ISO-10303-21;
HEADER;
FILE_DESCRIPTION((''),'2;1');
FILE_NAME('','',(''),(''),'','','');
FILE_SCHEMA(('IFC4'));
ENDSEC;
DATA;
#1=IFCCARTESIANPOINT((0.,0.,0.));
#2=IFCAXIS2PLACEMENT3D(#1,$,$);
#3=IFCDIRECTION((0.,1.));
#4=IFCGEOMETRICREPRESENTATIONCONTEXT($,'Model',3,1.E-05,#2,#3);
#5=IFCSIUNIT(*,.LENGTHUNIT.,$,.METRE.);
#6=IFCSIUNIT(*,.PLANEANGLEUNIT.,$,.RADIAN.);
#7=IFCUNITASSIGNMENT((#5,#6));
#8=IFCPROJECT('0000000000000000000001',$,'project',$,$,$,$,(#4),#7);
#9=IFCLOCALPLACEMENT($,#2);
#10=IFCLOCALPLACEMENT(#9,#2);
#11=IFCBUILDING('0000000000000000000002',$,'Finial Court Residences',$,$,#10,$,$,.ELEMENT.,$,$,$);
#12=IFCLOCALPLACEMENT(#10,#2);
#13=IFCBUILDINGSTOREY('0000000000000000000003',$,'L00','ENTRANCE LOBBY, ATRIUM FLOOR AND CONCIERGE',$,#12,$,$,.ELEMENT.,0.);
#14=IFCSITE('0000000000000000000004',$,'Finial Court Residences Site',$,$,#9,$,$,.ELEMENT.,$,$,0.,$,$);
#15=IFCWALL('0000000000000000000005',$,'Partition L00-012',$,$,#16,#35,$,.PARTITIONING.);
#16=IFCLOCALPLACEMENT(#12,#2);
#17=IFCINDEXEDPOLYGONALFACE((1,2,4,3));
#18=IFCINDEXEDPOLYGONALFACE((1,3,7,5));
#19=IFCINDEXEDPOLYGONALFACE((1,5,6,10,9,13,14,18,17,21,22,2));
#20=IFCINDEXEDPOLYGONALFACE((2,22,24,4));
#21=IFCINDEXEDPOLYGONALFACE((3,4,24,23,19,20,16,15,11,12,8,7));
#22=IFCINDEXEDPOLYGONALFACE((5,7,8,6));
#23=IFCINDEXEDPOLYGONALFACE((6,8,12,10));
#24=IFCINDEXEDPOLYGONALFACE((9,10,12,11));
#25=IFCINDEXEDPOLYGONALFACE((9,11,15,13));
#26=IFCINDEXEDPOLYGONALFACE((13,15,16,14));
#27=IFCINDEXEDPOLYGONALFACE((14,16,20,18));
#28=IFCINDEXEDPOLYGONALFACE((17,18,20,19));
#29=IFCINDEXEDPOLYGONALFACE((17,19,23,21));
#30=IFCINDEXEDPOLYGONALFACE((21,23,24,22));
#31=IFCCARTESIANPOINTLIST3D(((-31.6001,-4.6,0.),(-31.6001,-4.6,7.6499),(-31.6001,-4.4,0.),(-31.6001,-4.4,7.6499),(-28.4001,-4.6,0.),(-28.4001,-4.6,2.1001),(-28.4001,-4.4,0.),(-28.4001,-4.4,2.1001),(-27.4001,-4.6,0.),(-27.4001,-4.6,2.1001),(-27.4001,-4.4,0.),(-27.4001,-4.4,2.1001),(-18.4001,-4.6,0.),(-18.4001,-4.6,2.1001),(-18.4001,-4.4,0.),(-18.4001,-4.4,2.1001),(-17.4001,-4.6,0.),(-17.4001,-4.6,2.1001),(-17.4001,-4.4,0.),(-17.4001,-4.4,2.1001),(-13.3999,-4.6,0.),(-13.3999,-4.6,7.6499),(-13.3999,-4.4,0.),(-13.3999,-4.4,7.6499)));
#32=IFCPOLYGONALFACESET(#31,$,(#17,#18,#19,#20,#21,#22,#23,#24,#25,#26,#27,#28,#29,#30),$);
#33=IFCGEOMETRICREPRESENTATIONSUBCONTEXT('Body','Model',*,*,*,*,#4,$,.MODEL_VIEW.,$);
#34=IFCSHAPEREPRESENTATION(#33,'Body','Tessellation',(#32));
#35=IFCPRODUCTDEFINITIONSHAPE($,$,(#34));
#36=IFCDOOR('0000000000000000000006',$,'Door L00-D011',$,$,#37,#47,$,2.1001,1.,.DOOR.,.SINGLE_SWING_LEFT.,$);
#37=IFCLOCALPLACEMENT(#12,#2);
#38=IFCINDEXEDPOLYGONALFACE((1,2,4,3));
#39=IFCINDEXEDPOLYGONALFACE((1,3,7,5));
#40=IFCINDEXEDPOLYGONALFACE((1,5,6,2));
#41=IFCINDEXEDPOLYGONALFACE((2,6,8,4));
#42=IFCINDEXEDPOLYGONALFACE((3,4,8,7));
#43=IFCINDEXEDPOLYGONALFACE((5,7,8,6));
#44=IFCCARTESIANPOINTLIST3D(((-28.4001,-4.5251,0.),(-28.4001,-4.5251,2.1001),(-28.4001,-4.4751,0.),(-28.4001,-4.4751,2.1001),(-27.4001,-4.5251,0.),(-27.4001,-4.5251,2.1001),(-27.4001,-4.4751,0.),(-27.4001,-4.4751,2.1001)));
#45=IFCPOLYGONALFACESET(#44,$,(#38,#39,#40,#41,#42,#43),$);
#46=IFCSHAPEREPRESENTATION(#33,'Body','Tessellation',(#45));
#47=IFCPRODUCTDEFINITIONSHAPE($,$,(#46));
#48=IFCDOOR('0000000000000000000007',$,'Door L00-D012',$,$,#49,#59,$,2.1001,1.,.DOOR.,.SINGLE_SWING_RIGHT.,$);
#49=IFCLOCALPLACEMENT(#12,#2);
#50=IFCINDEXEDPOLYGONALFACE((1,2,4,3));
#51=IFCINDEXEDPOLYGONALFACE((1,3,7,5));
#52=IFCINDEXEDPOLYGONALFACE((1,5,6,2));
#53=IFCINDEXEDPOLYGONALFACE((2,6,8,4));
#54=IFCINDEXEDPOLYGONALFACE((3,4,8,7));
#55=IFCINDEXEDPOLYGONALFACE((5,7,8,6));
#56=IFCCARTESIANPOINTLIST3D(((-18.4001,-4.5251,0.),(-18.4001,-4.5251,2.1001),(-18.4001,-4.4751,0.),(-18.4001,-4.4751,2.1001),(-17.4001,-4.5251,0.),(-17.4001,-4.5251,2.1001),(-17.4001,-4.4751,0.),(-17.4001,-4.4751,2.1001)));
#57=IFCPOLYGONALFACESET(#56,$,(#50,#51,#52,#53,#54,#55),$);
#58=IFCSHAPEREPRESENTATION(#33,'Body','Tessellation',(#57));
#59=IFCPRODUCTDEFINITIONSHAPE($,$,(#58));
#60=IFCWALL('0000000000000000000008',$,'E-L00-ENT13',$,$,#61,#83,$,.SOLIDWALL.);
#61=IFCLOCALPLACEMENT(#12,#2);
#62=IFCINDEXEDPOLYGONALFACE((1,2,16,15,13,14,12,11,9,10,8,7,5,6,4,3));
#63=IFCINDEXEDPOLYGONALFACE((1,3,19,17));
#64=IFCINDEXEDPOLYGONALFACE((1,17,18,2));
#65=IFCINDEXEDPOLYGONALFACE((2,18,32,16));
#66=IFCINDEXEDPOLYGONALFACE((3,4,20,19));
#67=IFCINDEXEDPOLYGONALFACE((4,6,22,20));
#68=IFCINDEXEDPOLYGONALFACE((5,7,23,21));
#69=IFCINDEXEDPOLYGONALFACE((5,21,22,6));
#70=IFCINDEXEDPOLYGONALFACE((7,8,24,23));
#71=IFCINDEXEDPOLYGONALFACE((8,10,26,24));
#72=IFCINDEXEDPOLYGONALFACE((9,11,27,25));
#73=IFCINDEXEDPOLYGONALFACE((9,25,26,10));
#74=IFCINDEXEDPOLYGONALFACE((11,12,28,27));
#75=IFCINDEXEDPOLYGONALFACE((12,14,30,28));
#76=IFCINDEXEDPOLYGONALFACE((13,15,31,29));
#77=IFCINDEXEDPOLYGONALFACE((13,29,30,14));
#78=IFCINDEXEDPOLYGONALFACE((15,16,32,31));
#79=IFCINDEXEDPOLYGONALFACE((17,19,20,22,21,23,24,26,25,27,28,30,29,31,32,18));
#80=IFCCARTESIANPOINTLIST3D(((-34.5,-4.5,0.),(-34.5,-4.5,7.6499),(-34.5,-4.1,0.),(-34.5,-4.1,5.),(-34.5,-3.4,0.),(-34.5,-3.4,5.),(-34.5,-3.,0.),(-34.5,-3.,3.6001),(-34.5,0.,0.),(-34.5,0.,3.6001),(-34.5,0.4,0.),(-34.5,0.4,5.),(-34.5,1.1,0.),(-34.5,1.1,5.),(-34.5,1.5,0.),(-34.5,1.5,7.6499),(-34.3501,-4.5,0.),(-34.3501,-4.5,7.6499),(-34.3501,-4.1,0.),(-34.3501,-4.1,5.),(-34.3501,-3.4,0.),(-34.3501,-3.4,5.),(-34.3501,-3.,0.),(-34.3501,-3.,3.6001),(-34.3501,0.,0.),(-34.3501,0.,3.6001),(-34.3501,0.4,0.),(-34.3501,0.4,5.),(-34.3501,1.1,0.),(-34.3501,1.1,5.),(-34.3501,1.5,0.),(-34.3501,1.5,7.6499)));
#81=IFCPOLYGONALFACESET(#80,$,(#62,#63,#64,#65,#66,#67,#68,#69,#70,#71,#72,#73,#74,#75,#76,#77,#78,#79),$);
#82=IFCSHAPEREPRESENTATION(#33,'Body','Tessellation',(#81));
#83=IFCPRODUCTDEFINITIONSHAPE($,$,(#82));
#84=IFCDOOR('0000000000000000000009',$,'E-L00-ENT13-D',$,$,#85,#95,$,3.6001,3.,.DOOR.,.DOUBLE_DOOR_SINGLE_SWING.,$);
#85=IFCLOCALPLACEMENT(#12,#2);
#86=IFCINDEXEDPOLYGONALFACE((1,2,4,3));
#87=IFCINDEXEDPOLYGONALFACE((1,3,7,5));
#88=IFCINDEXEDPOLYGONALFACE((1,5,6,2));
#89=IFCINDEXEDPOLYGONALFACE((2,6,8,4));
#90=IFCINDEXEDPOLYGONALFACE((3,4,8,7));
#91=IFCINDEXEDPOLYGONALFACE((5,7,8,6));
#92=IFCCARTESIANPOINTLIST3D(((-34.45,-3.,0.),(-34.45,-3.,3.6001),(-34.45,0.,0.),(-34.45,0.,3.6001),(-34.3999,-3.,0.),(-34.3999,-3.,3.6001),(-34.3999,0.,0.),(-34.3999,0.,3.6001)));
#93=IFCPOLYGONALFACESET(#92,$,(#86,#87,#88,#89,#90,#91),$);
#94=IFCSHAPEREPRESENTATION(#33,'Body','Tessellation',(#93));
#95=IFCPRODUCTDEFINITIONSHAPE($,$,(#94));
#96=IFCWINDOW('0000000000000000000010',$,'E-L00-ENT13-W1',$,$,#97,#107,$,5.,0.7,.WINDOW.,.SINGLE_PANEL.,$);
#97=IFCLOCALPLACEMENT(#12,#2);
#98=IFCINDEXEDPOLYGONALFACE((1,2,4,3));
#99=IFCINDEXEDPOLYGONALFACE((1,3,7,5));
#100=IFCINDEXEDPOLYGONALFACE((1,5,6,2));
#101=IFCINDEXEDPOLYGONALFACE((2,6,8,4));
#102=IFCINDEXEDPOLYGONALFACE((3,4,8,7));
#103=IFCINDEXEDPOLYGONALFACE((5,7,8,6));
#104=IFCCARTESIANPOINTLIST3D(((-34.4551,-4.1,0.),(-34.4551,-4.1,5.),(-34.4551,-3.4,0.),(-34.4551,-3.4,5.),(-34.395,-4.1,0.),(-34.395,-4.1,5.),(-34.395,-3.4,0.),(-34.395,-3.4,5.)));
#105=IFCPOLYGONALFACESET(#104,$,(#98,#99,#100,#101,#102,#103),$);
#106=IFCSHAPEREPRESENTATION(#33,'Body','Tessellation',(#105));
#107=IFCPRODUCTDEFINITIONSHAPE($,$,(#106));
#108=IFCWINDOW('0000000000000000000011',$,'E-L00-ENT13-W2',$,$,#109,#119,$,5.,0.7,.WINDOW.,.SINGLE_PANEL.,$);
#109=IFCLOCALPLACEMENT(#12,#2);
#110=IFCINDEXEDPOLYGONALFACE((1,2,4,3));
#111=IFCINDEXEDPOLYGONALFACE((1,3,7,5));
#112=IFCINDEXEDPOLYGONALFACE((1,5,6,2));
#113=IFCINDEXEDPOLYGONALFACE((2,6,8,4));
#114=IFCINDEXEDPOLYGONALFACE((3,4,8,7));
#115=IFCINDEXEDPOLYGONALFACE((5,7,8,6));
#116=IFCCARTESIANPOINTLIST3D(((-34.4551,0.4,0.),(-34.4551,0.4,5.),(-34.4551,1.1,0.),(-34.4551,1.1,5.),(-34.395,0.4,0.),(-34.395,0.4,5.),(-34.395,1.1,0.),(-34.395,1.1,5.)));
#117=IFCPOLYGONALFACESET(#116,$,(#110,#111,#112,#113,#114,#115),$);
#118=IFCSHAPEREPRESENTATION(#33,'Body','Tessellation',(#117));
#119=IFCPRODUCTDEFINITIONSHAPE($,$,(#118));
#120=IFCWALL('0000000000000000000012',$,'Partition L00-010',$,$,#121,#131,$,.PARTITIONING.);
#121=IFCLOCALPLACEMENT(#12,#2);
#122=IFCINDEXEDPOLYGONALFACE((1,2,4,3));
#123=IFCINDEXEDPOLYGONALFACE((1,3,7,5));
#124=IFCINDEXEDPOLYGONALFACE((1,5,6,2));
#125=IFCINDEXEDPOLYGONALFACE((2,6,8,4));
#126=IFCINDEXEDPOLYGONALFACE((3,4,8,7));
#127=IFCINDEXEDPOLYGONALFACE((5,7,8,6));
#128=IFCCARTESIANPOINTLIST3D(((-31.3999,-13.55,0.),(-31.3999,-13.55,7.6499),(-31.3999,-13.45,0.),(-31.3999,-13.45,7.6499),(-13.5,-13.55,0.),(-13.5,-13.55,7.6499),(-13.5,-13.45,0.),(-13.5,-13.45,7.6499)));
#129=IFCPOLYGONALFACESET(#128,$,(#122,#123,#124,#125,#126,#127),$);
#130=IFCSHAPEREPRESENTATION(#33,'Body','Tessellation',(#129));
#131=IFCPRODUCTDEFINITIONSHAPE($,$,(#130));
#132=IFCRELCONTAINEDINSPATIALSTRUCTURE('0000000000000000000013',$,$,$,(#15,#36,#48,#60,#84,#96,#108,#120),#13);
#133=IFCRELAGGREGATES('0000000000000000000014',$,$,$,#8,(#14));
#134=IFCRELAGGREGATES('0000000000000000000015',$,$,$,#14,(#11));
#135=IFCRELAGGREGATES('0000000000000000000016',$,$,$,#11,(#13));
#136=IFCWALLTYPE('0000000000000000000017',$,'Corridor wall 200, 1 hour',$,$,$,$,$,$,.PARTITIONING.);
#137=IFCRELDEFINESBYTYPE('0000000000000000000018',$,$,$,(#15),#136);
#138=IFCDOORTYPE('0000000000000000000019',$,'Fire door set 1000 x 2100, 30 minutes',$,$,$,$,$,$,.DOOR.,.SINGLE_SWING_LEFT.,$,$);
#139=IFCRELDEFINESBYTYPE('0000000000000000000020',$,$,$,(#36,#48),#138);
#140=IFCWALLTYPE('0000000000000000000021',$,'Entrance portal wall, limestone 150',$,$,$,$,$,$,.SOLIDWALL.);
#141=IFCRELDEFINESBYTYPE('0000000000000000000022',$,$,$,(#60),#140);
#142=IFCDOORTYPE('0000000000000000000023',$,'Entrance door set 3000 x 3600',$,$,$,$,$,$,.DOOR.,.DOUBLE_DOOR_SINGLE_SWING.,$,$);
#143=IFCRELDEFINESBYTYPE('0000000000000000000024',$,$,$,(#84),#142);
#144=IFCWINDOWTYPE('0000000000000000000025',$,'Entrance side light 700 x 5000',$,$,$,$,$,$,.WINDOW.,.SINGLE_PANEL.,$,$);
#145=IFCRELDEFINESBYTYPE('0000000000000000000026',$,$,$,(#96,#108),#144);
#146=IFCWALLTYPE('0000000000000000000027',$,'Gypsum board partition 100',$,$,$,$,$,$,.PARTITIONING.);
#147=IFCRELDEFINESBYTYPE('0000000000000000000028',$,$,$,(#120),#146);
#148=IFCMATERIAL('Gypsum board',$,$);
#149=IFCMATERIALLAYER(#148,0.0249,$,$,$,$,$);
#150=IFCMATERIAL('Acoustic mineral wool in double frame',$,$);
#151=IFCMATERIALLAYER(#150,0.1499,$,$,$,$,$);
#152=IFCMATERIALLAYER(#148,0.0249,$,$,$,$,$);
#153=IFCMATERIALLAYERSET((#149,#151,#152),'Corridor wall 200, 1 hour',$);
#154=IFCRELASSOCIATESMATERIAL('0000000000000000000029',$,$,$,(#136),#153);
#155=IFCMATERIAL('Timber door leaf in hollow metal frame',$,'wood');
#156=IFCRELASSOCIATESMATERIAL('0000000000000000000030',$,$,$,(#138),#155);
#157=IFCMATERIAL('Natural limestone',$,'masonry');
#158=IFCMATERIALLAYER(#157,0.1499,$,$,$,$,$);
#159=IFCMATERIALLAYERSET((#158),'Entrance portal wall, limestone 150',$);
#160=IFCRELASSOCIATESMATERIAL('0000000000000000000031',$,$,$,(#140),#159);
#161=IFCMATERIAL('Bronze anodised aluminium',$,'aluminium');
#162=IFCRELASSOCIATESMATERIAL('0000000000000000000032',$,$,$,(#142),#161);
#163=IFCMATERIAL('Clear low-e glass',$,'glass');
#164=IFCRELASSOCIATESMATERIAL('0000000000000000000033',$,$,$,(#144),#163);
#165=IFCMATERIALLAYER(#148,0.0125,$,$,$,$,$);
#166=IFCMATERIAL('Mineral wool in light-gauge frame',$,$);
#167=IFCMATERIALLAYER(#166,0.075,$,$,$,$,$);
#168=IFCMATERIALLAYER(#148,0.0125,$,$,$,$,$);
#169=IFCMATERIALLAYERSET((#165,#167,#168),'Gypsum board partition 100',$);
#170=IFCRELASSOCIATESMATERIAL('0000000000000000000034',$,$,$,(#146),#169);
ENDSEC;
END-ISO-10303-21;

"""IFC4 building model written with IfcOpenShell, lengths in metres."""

from ifc_helpers import new_model, si_unit, direction, frame, frame_2d, origin, place, context, subcontext, project, spatial, rectangle, extrude, material, layer, layer_set, type_object, element, fill, save


model = new_model("IFC4")

# Units and contexts
model_context = context("Model", 3, precision=1e-05, world=origin(), true_north=direction((0.0, 1.0)))
body_context = subcontext(model_context, "Body", "Model", "MODEL_VIEW")
ifc_project = project(units=[si_unit("LENGTHUNIT", "METRE"), si_unit("PLANEANGLEUNIT", "RADIAN")], contexts=[model_context])

# Site, building, storey
site_placement = place(None, origin())
site = spatial("IfcSite", under=ifc_project, at=site_placement, Name="Finial Court Residences Site", CompositionType="ELEMENT", RefElevation=0.0)
building_placement = place(site_placement, origin())
building = spatial("IfcBuilding", under=site, at=building_placement, Name="Finial Court Residences", CompositionType="ELEMENT")
storey_placement = place(building_placement, origin())
storey = spatial("IfcBuildingStorey", under=building, at=storey_placement, Name="L00", Description="ENTRANCE LOBBY, ATRIUM FLOOR AND CONCIERGE", CompositionType="ELEMENT", Elevation=0.0)

# Shared definitions
ifc_material_1 = material(Name="Bronze anodised aluminium", Category="aluminium")
ifc_material_2 = material(Name="Clear low-e glass", Category="glass")

# Wall, openings, doors
ifc_material_3 = material(Name="Gypsum board")
ifc_layer_1 = layer(ifc_material_3, 0.0249)
ifc_material_4 = material(Name="Acoustic mineral wool in double frame")
ifc_layer_2 = layer(ifc_material_4, 0.1499)
ifc_layer_3 = layer(ifc_material_3, 0.0249)
ifc_layer_set_1 = layer_set([ifc_layer_1, ifc_layer_2, ifc_layer_3], Name="Corridor wall 200, 1 hour")
wall_type_1 = type_object("IfcWallType", Name="Corridor wall 200, 1 hour", PredefinedType="PARTITIONING", material=ifc_layer_set_1)
wall_1_placement = place(storey_placement, frame((-31.6001, -4.5, 0.0), z_axis=(0.0, 0.0, 1.0), x_axis=(1.0, 0.0, 0.0)))
wall_1 = element("IfcWall", 1, at=wall_1_placement, inside=storey, type_object=wall_type_1, Name="Partition L00-012", PredefinedType="PARTITIONING", context=body_context, shape_type="SweptSolid", body=[
    extrude(rectangle(XDim=18.2002, YDim=0.2, at=frame_2d((9.1001, 0.0))), origin(), (0.0, 0.0, 1.0), 7.6499),
])
opening_1_placement = place(wall_1_placement, frame((3.2, 0.0, 0.0)))
opening_1 = element("IfcOpeningElement", 2, at=opening_1_placement, cuts=wall_1, PredefinedType="OPENING", context=body_context, shape_type="SweptSolid", body=[
    extrude(rectangle(XDim=1.0, YDim=2.1001, at=frame_2d((0.5, 1.05))), frame((0.0, 0.1099, 0.0), z_axis=(0.0, -1.0, 0.0), x_axis=(1.0, 0.0, 0.0)), (0.0, 0.0, 1.0), 0.22),
])
opening_2_placement = place(wall_1_placement, frame((13.2, 0.0, 0.0)))
opening_2 = element("IfcOpeningElement", 3, at=opening_2_placement, cuts=wall_1, PredefinedType="OPENING", context=body_context, shape_type="SweptSolid", body=[
    extrude(rectangle(XDim=1.0, YDim=2.1001, at=frame_2d((0.5, 1.05))), frame((0.0, 0.1099, 0.0), z_axis=(0.0, -1.0, 0.0), x_axis=(1.0, 0.0, 0.0)), (0.0, 0.0, 1.0), 0.22),
])
ifc_material_5 = material(Name="Timber door leaf in hollow metal frame", Category="wood")
door_type_1 = type_object("IfcDoorType", Name="Fire door set 1000 x 2100, 30 minutes", OperationType="SINGLE_SWING_LEFT", PredefinedType="DOOR", material=ifc_material_5)
door_1_placement = place(opening_1_placement, origin())
door_1 = element("IfcDoor", 4, at=door_1_placement, inside=storey, type_object=door_type_1, Name="Door L00-D011", OperationType="SINGLE_SWING_LEFT", OverallHeight=2.1001, OverallWidth=1.0, PredefinedType="DOOR", context=body_context, shape_type="SweptSolid", body=[
    extrude(rectangle(XDim=1.0, YDim=2.1001, at=frame_2d((0.5, 1.05))), frame((0.0, 0.0249, 0.0), z_axis=(0.0, -1.0, 0.0), x_axis=(1.0, 0.0, 0.0)), (0.0, 0.0, 1.0), 0.05),
])
fill(opening_1, door_1)
door_2_placement = place(opening_2_placement, origin())
door_2 = element("IfcDoor", 5, at=door_2_placement, inside=storey, type_object=door_type_1, Name="Door L00-D012", OperationType="SINGLE_SWING_RIGHT", OverallHeight=2.1001, OverallWidth=1.0, PredefinedType="DOOR", context=body_context, shape_type="SweptSolid", body=[
    extrude(rectangle(XDim=1.0, YDim=2.1001, at=frame_2d((0.5, 1.05))), frame((0.0, 0.0249, 0.0), z_axis=(0.0, -1.0, 0.0), x_axis=(1.0, 0.0, 0.0)), (0.0, 0.0, 1.0), 0.05),
])
fill(opening_2, door_2)

# Wall, openings, door, windows
ifc_material_6 = material(Name="Natural limestone", Category="masonry")
ifc_layer_4 = layer(ifc_material_6, 0.1499)
ifc_layer_set_2 = layer_set([ifc_layer_4], Name="Entrance portal wall, limestone 150")
wall_type_2 = type_object("IfcWallType", Name="Entrance portal wall, limestone 150", PredefinedType="SOLIDWALL", material=ifc_layer_set_2)
wall_2_placement = place(storey_placement, frame((-34.425, -4.5, 0.0), z_axis=(0.0, 0.0, 1.0), x_axis=(0.0, 1.0, 0.0)))
wall_2 = element("IfcWall", 6, at=wall_2_placement, inside=storey, type_object=wall_type_2, Name="E-L00-ENT13", PredefinedType="SOLIDWALL", context=body_context, shape_type="SweptSolid", body=[
    extrude(rectangle(XDim=6.0, YDim=0.1499, at=frame_2d((3.0, 0.0))), origin(), (0.0, 0.0, 1.0), 7.6499),
])
opening_3_placement = place(wall_2_placement, frame((1.5, 0.0, 0.0)))
opening_3 = element("IfcOpeningElement", 7, at=opening_3_placement, cuts=wall_2, PredefinedType="OPENING", context=body_context, shape_type="SweptSolid", body=[
    extrude(rectangle(XDim=3.0, YDim=3.6001, at=frame_2d((1.5, 1.8))), frame((0.0, 0.085, 0.0), z_axis=(0.0, -1.0, 0.0), x_axis=(1.0, 0.0, 0.0)), (0.0, 0.0, 1.0), 0.1699),
])
opening_4_placement = place(wall_2_placement, frame((0.3999, 0.0, 0.0)))
opening_4 = element("IfcOpeningElement", 8, at=opening_4_placement, cuts=wall_2, PredefinedType="OPENING", context=body_context, shape_type="SweptSolid", body=[
    extrude(rectangle(XDim=0.7, YDim=5.0, at=frame_2d((0.3501, 2.5))), frame((0.0, 0.085, 0.0), z_axis=(0.0, -1.0, 0.0), x_axis=(1.0, 0.0, 0.0)), (0.0, 0.0, 1.0), 0.1699),
])
opening_5_placement = place(wall_2_placement, frame((4.8999, 0.0, 0.0)))
opening_5 = element("IfcOpeningElement", 9, at=opening_5_placement, cuts=wall_2, PredefinedType="OPENING", context=body_context, shape_type="SweptSolid", body=[
    extrude(rectangle(XDim=0.7, YDim=5.0, at=frame_2d((0.3501, 2.5))), frame((0.0, 0.085, 0.0), z_axis=(0.0, -1.0, 0.0), x_axis=(1.0, 0.0, 0.0)), (0.0, 0.0, 1.0), 0.1699),
])
door_type_2 = type_object("IfcDoorType", Name="Entrance door set 3000 x 3600", OperationType="DOUBLE_DOOR_SINGLE_SWING", PredefinedType="DOOR", material=ifc_material_1)
door_3_placement = place(opening_3_placement, origin())
door_3 = element("IfcDoor", 10, at=door_3_placement, inside=storey, type_object=door_type_2, Name="E-L00-ENT13-D", OperationType="DOUBLE_DOOR_SINGLE_SWING", OverallHeight=3.6001, OverallWidth=3.0, PredefinedType="DOOR", context=body_context, shape_type="SweptSolid", body=[
    extrude(rectangle(XDim=3.0, YDim=3.6001, at=frame_2d((1.5, 1.8))), frame((0.0, 0.0249, 0.0), z_axis=(0.0, -1.0, 0.0), x_axis=(1.0, 0.0, 0.0)), (0.0, 0.0, 1.0), 0.05),
])
fill(opening_3, door_3)
window_type = type_object("IfcWindowType", Name="Entrance side light 700 x 5000", PartitioningType="SINGLE_PANEL", PredefinedType="WINDOW", material=ifc_material_2)
window_1_placement = place(opening_4_placement, origin())
window_1 = element("IfcWindow", 11, at=window_1_placement, inside=storey, type_object=window_type, Name="E-L00-ENT13-W1", OverallHeight=5.0, OverallWidth=0.7, PartitioningType="SINGLE_PANEL", PredefinedType="WINDOW", context=body_context, shape_type="SweptSolid", body=[
    extrude(rectangle(XDim=0.7, YDim=5.0, at=frame_2d((0.3501, 2.5))), frame((0.0, 0.03, 0.0), z_axis=(0.0, -1.0, 0.0), x_axis=(1.0, 0.0, 0.0)), (0.0, 0.0, 1.0), 0.0601),
])
fill(opening_4, window_1)
window_2_placement = place(opening_5_placement, origin())
window_2 = element("IfcWindow", 12, at=window_2_placement, inside=storey, type_object=window_type, Name="E-L00-ENT13-W2", OverallHeight=5.0, OverallWidth=0.7, PartitioningType="SINGLE_PANEL", PredefinedType="WINDOW", context=body_context, shape_type="SweptSolid", body=[
    extrude(rectangle(XDim=0.7, YDim=5.0, at=frame_2d((0.3501, 2.5))), frame((0.0, 0.03, 0.0), z_axis=(0.0, -1.0, 0.0), x_axis=(1.0, 0.0, 0.0)), (0.0, 0.0, 1.0), 0.0601),
])
fill(opening_5, window_2)

# Wall
ifc_layer_5 = layer(ifc_material_3, 0.0125)
ifc_material_7 = material(Name="Mineral wool in light-gauge frame")
ifc_layer_6 = layer(ifc_material_7, 0.075)
ifc_layer_7 = layer(ifc_material_3, 0.0125)
ifc_layer_set_3 = layer_set([ifc_layer_5, ifc_layer_6, ifc_layer_7], Name="Gypsum board partition 100")
wall_type_3 = type_object("IfcWallType", Name="Gypsum board partition 100", PredefinedType="PARTITIONING", material=ifc_layer_set_3)
wall_3_placement = place(storey_placement, frame((-31.3999, -13.5, 0.0), z_axis=(0.0, 0.0, 1.0), x_axis=(1.0, 0.0, 0.0)))
element("IfcWall", 13, at=wall_3_placement, inside=storey, type_object=wall_type_3, Name="Partition L00-010", PredefinedType="PARTITIONING", context=body_context, shape_type="SweptSolid", body=[
    extrude(rectangle(XDim=17.8999, YDim=0.1001, at=frame_2d((8.95, 0.0))), origin(), (0.0, 0.0, 1.0), 7.6499),
])

save(model, "model.ifc")
